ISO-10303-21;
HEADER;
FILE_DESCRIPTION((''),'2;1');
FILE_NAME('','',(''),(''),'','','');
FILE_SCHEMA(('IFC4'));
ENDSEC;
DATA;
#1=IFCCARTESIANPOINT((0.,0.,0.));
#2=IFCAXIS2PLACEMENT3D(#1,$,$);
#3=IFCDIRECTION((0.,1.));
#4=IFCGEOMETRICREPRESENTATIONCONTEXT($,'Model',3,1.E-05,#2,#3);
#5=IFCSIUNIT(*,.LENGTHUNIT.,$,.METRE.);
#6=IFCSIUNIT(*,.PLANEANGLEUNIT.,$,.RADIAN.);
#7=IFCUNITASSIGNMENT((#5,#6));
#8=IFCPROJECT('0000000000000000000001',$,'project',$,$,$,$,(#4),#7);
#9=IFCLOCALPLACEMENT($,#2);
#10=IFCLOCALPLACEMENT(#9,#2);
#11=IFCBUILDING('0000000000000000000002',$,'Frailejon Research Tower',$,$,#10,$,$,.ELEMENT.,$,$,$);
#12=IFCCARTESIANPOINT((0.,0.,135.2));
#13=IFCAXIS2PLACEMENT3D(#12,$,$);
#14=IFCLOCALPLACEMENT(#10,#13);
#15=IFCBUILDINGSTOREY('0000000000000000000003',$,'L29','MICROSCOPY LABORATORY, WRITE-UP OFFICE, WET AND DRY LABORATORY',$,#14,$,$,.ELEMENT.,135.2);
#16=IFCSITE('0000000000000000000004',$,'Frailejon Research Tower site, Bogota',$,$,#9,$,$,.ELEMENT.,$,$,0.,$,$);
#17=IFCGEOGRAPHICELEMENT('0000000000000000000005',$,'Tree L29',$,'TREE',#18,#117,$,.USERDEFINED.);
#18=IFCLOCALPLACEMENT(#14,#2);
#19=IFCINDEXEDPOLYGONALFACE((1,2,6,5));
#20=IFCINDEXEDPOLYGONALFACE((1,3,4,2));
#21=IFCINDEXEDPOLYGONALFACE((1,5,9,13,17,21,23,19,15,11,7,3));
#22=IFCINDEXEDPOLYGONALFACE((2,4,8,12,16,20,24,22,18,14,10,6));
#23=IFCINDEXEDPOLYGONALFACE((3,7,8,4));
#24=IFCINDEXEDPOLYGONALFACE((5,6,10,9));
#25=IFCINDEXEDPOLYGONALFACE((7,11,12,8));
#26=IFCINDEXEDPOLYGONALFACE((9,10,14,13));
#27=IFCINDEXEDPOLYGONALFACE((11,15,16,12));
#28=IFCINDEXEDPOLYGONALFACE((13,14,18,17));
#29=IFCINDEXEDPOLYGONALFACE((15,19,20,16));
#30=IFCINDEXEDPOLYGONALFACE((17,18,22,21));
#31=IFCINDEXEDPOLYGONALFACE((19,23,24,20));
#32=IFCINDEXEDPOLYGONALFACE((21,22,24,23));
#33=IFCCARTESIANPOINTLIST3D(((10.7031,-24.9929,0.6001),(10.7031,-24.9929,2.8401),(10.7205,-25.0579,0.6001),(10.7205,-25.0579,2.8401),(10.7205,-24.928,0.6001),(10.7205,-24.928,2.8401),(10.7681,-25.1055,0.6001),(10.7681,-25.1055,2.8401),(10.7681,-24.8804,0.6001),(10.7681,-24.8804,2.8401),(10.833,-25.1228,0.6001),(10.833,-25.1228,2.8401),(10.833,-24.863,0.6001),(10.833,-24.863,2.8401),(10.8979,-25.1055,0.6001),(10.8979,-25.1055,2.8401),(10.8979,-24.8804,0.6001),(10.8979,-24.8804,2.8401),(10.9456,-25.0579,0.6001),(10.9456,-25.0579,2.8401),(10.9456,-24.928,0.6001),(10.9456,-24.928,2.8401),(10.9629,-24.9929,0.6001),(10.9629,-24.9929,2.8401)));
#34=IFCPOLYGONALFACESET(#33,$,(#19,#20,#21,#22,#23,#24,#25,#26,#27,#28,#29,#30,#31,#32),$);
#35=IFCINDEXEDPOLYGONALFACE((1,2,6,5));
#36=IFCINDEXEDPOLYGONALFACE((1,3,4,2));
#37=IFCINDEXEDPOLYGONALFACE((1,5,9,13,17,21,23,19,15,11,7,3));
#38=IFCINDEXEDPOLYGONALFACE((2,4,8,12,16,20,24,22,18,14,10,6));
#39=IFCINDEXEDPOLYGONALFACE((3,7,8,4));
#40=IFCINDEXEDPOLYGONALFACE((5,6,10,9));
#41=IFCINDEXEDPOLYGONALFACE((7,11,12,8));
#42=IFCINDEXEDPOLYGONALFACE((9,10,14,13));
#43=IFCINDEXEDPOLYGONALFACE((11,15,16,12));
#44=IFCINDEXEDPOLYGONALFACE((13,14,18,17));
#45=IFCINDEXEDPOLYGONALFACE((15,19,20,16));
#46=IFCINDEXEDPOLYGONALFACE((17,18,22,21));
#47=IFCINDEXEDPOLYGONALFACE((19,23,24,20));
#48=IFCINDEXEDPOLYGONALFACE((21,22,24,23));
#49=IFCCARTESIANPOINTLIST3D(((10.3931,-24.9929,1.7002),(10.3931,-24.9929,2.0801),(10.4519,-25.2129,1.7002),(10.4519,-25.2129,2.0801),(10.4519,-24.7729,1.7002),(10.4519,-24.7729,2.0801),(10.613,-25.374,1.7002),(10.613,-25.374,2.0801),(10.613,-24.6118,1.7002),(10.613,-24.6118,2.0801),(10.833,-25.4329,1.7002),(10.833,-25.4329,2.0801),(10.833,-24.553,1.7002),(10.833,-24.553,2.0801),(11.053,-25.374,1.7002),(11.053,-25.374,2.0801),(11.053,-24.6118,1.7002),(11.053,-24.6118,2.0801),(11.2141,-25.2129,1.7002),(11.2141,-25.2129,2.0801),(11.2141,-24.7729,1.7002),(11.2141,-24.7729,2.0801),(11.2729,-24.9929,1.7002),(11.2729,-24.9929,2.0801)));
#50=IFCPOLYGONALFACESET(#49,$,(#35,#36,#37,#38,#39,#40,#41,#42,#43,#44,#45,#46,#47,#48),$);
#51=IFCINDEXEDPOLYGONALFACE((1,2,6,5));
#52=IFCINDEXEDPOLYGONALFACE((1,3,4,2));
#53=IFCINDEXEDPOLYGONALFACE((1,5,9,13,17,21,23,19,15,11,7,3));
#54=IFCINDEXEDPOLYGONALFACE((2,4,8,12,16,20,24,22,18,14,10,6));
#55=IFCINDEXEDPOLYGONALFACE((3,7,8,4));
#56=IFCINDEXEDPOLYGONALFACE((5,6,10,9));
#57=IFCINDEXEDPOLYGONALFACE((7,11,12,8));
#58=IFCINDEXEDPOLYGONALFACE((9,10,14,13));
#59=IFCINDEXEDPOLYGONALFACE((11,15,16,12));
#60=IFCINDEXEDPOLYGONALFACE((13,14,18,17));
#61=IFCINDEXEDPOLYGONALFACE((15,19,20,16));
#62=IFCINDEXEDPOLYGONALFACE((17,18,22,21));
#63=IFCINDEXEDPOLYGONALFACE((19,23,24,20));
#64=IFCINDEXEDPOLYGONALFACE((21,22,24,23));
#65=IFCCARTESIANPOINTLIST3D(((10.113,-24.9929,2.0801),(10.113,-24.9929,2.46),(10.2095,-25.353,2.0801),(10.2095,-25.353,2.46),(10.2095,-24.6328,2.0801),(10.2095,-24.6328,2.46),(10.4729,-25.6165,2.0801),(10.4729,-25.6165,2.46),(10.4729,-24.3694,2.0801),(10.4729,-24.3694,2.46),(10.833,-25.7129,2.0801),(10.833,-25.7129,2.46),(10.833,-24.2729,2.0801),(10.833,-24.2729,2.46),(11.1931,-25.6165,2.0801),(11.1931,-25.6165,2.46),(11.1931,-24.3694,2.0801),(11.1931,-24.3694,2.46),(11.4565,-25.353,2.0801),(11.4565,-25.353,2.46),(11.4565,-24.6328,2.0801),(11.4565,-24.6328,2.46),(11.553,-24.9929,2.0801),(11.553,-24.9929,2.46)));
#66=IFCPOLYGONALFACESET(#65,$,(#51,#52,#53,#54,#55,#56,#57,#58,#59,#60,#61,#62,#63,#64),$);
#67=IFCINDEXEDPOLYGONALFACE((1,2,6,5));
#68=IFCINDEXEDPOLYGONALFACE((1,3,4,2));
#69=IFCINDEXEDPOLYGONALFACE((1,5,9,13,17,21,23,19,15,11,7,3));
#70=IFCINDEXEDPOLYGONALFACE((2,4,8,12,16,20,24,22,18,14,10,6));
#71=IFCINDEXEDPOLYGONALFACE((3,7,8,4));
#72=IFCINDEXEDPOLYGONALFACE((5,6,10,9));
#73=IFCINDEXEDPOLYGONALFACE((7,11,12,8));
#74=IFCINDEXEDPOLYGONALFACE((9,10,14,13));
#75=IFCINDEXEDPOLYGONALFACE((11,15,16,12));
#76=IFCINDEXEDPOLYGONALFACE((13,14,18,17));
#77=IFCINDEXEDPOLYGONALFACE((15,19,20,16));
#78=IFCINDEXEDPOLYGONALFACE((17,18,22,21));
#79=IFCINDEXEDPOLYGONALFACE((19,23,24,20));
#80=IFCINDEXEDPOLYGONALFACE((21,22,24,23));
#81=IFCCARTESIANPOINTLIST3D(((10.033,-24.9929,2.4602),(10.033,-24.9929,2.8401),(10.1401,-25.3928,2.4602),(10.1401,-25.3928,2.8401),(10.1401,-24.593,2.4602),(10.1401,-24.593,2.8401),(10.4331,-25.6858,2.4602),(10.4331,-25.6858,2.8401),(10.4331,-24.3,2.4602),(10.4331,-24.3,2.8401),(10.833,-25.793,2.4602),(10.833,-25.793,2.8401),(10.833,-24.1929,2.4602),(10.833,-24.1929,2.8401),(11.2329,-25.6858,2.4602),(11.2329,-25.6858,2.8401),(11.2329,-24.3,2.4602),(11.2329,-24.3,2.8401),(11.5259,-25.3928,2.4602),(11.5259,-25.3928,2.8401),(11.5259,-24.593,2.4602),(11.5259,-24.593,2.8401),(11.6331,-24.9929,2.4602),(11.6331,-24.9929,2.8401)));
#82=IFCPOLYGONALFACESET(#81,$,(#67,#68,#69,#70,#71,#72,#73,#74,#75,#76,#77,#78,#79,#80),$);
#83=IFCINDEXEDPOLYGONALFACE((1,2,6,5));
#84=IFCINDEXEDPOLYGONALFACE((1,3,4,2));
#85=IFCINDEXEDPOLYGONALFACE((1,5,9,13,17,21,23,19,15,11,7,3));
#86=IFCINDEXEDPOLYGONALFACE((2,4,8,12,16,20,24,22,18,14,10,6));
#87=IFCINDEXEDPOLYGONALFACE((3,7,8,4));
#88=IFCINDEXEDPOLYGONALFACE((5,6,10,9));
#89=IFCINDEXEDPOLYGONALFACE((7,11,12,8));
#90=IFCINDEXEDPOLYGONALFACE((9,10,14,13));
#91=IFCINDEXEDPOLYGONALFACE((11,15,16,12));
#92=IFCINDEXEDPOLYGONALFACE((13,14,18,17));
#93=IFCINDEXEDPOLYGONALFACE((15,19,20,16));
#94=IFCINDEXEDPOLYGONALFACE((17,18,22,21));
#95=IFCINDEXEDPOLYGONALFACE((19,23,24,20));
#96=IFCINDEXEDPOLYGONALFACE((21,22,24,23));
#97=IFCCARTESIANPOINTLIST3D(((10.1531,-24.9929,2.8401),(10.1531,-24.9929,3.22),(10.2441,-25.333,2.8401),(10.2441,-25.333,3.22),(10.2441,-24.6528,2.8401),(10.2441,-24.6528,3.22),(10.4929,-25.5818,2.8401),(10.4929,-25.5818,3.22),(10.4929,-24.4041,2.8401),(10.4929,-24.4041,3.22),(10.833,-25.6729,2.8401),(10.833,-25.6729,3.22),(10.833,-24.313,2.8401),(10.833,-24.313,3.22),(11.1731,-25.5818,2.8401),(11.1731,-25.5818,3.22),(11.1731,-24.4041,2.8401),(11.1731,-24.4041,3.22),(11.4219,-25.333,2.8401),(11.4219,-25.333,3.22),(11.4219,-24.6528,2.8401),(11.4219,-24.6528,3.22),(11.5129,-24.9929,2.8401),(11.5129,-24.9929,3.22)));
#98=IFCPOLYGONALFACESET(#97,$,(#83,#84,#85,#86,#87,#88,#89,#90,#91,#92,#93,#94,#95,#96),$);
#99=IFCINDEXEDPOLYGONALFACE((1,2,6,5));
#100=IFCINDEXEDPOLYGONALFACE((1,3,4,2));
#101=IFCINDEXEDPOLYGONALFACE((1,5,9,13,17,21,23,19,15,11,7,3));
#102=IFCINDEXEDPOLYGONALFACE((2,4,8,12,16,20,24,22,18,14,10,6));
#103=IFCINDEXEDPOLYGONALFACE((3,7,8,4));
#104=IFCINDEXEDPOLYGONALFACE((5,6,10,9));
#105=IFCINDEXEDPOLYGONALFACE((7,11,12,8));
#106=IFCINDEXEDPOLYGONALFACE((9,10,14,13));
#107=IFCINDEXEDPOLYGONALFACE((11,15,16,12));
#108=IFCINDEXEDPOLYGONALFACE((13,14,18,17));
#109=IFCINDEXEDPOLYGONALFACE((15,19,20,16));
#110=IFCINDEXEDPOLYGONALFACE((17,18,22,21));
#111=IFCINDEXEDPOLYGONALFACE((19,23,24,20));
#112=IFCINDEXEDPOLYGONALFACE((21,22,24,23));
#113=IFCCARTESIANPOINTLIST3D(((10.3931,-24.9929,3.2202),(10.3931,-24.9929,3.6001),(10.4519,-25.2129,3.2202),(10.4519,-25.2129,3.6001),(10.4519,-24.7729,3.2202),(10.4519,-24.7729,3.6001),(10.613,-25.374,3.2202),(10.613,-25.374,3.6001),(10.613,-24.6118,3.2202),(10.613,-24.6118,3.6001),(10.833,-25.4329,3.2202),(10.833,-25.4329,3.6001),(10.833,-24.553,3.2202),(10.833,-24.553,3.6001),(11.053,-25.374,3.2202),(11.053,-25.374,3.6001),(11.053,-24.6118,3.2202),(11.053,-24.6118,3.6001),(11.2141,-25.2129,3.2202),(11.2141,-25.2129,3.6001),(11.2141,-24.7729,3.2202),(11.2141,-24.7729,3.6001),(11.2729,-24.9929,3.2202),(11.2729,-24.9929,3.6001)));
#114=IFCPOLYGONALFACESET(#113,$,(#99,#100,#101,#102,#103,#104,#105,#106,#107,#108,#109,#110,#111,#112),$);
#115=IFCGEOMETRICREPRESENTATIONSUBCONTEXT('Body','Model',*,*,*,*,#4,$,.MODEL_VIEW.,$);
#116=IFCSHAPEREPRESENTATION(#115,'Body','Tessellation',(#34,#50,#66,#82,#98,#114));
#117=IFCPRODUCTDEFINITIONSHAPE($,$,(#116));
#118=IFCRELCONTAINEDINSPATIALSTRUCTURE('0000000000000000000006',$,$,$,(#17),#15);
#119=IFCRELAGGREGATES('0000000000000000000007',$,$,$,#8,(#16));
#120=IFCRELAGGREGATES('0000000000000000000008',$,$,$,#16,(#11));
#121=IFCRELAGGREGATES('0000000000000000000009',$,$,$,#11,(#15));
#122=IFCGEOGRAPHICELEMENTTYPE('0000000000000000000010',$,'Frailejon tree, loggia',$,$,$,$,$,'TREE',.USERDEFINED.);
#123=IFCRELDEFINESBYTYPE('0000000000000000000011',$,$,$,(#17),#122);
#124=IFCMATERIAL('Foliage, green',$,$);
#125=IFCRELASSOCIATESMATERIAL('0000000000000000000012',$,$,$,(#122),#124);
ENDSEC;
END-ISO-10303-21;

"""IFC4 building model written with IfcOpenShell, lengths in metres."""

from ifc_helpers import new_model, si_unit, direction, frame, origin, place, context, subcontext, project, spatial, polyline, outline, extrude, material, type_object, element, save


model = new_model("IFC4")

# Units and contexts
model_context = context("Model", 3, precision=1e-05, world=origin(), true_north=direction((0.0, 1.0)))
body_context = subcontext(model_context, "Body", "Model", "MODEL_VIEW")
ifc_project = project(units=[si_unit("LENGTHUNIT", "METRE"), si_unit("PLANEANGLEUNIT", "RADIAN")], contexts=[model_context])

# Site, building, storey
site_placement = place(None, origin())
site = spatial("IfcSite", under=ifc_project, at=site_placement, Name="Frailejon Research Tower site, Bogota", CompositionType="ELEMENT", RefElevation=0.0)
building_placement = place(site_placement, origin())
building = spatial("IfcBuilding", under=site, at=building_placement, Name="Frailejon Research Tower", CompositionType="ELEMENT")
storey_placement = place(building_placement, frame((0.0, 0.0, 135.2)))
storey = spatial("IfcBuildingStorey", under=building, at=storey_placement, Name="L29", Description="MICROSCOPY LABORATORY, WRITE-UP OFFICE, WET AND DRY LABORATORY", CompositionType="ELEMENT", Elevation=135.2)

# Geographic element
ifc_material_1 = material(Name="Foliage, green")
geographic_element_type = type_object("IfcGeographicElementType", Name="Frailejon tree, loggia", ElementType="TREE", PredefinedType="USERDEFINED", material=ifc_material_1)
geographic_element_placement = place(storey_placement, frame((10.833, -24.9929, 0.6001)))
element("IfcGeographicElement", 1, at=geographic_element_placement, inside=storey, type_object=geographic_element_type, Name="Tree L29", ObjectType="TREE", PredefinedType="USERDEFINED", context=body_context, shape_type="SweptSolid", body=[
    extrude(outline(polyline([(0.1299, 0.0), (0.1125, 0.0649), (0.0649, 0.1125), (0.0, 0.1299), (-0.0649, 0.1125), (-0.1125, 0.0649), (-0.1299, 0.0), (-0.1125, -0.0649), (-0.0649, -0.1125), (0.0, -0.1299), (0.0649, -0.1125), (0.1125, -0.0649), (0.1299, 0.0)])), origin(), (0.0, 0.0, 1.0), 2.24),
    extrude(outline(polyline([(0.4399, 0.0), (0.3811, 0.22), (0.22, 0.3811), (0.0, 0.4399), (-0.22, 0.3811), (-0.3811, 0.22), (-0.4399, 0.0), (-0.3811, -0.22), (-0.22, -0.3811), (0.0, -0.4399), (0.22, -0.3811), (0.3811, -0.22), (0.4399, 0.0)])), frame((0.0, 0.0, 1.1001)), (0.0, 0.0, 1.0), 0.3799),
    extrude(outline(polyline([(0.72, 0.0), (0.6235, 0.3601), (0.3601, 0.6235), (0.0, 0.72), (-0.3601, 0.6235), (-0.6235, 0.3601), (-0.72, 0.0), (-0.6235, -0.3601), (-0.3601, -0.6235), (0.0, -0.72), (0.3601, -0.6235), (0.6235, -0.3601), (0.72, 0.0)])), frame((0.0, 0.0, 1.48)), (0.0, 0.0, 1.0), 0.3799),
    extrude(outline(polyline([(0.8, 0.0), (0.6929, 0.3999), (0.3999, 0.6929), (0.0, 0.8), (-0.3999, 0.6929), (-0.6929, 0.3999), (-0.8, 0.0), (-0.6929, -0.3999), (-0.3999, -0.6929), (0.0, -0.8), (0.3999, -0.6929), (0.6929, -0.3999), (0.8, 0.0)])), frame((0.0, 0.0, 1.8601)), (0.0, 0.0, 1.0), 0.3799),
    extrude(outline(polyline([(0.6799, 0.0), (0.5889, 0.3401), (0.3401, 0.5889), (0.0, 0.6799), (-0.3401, 0.5889), (-0.5889, 0.3401), (-0.6799, 0.0), (-0.5889, -0.3401), (-0.3401, -0.5889), (0.0, -0.6799), (0.3401, -0.5889), (0.5889, -0.3401), (0.6799, 0.0)])), frame((0.0, 0.0, 2.24)), (0.0, 0.0, 1.0), 0.3799),
    extrude(outline(polyline([(0.4399, 0.0), (0.3811, 0.22), (0.22, 0.3811), (0.0, 0.4399), (-0.22, 0.3811), (-0.3811, 0.22), (-0.4399, 0.0), (-0.3811, -0.22), (-0.22, -0.3811), (0.0, -0.4399), (0.22, -0.3811), (0.3811, -0.22), (0.4399, 0.0)])), frame((0.0, 0.0, 2.6201)), (0.0, 0.0, 1.0), 0.3799),
])

save(model, "model.ifc")
